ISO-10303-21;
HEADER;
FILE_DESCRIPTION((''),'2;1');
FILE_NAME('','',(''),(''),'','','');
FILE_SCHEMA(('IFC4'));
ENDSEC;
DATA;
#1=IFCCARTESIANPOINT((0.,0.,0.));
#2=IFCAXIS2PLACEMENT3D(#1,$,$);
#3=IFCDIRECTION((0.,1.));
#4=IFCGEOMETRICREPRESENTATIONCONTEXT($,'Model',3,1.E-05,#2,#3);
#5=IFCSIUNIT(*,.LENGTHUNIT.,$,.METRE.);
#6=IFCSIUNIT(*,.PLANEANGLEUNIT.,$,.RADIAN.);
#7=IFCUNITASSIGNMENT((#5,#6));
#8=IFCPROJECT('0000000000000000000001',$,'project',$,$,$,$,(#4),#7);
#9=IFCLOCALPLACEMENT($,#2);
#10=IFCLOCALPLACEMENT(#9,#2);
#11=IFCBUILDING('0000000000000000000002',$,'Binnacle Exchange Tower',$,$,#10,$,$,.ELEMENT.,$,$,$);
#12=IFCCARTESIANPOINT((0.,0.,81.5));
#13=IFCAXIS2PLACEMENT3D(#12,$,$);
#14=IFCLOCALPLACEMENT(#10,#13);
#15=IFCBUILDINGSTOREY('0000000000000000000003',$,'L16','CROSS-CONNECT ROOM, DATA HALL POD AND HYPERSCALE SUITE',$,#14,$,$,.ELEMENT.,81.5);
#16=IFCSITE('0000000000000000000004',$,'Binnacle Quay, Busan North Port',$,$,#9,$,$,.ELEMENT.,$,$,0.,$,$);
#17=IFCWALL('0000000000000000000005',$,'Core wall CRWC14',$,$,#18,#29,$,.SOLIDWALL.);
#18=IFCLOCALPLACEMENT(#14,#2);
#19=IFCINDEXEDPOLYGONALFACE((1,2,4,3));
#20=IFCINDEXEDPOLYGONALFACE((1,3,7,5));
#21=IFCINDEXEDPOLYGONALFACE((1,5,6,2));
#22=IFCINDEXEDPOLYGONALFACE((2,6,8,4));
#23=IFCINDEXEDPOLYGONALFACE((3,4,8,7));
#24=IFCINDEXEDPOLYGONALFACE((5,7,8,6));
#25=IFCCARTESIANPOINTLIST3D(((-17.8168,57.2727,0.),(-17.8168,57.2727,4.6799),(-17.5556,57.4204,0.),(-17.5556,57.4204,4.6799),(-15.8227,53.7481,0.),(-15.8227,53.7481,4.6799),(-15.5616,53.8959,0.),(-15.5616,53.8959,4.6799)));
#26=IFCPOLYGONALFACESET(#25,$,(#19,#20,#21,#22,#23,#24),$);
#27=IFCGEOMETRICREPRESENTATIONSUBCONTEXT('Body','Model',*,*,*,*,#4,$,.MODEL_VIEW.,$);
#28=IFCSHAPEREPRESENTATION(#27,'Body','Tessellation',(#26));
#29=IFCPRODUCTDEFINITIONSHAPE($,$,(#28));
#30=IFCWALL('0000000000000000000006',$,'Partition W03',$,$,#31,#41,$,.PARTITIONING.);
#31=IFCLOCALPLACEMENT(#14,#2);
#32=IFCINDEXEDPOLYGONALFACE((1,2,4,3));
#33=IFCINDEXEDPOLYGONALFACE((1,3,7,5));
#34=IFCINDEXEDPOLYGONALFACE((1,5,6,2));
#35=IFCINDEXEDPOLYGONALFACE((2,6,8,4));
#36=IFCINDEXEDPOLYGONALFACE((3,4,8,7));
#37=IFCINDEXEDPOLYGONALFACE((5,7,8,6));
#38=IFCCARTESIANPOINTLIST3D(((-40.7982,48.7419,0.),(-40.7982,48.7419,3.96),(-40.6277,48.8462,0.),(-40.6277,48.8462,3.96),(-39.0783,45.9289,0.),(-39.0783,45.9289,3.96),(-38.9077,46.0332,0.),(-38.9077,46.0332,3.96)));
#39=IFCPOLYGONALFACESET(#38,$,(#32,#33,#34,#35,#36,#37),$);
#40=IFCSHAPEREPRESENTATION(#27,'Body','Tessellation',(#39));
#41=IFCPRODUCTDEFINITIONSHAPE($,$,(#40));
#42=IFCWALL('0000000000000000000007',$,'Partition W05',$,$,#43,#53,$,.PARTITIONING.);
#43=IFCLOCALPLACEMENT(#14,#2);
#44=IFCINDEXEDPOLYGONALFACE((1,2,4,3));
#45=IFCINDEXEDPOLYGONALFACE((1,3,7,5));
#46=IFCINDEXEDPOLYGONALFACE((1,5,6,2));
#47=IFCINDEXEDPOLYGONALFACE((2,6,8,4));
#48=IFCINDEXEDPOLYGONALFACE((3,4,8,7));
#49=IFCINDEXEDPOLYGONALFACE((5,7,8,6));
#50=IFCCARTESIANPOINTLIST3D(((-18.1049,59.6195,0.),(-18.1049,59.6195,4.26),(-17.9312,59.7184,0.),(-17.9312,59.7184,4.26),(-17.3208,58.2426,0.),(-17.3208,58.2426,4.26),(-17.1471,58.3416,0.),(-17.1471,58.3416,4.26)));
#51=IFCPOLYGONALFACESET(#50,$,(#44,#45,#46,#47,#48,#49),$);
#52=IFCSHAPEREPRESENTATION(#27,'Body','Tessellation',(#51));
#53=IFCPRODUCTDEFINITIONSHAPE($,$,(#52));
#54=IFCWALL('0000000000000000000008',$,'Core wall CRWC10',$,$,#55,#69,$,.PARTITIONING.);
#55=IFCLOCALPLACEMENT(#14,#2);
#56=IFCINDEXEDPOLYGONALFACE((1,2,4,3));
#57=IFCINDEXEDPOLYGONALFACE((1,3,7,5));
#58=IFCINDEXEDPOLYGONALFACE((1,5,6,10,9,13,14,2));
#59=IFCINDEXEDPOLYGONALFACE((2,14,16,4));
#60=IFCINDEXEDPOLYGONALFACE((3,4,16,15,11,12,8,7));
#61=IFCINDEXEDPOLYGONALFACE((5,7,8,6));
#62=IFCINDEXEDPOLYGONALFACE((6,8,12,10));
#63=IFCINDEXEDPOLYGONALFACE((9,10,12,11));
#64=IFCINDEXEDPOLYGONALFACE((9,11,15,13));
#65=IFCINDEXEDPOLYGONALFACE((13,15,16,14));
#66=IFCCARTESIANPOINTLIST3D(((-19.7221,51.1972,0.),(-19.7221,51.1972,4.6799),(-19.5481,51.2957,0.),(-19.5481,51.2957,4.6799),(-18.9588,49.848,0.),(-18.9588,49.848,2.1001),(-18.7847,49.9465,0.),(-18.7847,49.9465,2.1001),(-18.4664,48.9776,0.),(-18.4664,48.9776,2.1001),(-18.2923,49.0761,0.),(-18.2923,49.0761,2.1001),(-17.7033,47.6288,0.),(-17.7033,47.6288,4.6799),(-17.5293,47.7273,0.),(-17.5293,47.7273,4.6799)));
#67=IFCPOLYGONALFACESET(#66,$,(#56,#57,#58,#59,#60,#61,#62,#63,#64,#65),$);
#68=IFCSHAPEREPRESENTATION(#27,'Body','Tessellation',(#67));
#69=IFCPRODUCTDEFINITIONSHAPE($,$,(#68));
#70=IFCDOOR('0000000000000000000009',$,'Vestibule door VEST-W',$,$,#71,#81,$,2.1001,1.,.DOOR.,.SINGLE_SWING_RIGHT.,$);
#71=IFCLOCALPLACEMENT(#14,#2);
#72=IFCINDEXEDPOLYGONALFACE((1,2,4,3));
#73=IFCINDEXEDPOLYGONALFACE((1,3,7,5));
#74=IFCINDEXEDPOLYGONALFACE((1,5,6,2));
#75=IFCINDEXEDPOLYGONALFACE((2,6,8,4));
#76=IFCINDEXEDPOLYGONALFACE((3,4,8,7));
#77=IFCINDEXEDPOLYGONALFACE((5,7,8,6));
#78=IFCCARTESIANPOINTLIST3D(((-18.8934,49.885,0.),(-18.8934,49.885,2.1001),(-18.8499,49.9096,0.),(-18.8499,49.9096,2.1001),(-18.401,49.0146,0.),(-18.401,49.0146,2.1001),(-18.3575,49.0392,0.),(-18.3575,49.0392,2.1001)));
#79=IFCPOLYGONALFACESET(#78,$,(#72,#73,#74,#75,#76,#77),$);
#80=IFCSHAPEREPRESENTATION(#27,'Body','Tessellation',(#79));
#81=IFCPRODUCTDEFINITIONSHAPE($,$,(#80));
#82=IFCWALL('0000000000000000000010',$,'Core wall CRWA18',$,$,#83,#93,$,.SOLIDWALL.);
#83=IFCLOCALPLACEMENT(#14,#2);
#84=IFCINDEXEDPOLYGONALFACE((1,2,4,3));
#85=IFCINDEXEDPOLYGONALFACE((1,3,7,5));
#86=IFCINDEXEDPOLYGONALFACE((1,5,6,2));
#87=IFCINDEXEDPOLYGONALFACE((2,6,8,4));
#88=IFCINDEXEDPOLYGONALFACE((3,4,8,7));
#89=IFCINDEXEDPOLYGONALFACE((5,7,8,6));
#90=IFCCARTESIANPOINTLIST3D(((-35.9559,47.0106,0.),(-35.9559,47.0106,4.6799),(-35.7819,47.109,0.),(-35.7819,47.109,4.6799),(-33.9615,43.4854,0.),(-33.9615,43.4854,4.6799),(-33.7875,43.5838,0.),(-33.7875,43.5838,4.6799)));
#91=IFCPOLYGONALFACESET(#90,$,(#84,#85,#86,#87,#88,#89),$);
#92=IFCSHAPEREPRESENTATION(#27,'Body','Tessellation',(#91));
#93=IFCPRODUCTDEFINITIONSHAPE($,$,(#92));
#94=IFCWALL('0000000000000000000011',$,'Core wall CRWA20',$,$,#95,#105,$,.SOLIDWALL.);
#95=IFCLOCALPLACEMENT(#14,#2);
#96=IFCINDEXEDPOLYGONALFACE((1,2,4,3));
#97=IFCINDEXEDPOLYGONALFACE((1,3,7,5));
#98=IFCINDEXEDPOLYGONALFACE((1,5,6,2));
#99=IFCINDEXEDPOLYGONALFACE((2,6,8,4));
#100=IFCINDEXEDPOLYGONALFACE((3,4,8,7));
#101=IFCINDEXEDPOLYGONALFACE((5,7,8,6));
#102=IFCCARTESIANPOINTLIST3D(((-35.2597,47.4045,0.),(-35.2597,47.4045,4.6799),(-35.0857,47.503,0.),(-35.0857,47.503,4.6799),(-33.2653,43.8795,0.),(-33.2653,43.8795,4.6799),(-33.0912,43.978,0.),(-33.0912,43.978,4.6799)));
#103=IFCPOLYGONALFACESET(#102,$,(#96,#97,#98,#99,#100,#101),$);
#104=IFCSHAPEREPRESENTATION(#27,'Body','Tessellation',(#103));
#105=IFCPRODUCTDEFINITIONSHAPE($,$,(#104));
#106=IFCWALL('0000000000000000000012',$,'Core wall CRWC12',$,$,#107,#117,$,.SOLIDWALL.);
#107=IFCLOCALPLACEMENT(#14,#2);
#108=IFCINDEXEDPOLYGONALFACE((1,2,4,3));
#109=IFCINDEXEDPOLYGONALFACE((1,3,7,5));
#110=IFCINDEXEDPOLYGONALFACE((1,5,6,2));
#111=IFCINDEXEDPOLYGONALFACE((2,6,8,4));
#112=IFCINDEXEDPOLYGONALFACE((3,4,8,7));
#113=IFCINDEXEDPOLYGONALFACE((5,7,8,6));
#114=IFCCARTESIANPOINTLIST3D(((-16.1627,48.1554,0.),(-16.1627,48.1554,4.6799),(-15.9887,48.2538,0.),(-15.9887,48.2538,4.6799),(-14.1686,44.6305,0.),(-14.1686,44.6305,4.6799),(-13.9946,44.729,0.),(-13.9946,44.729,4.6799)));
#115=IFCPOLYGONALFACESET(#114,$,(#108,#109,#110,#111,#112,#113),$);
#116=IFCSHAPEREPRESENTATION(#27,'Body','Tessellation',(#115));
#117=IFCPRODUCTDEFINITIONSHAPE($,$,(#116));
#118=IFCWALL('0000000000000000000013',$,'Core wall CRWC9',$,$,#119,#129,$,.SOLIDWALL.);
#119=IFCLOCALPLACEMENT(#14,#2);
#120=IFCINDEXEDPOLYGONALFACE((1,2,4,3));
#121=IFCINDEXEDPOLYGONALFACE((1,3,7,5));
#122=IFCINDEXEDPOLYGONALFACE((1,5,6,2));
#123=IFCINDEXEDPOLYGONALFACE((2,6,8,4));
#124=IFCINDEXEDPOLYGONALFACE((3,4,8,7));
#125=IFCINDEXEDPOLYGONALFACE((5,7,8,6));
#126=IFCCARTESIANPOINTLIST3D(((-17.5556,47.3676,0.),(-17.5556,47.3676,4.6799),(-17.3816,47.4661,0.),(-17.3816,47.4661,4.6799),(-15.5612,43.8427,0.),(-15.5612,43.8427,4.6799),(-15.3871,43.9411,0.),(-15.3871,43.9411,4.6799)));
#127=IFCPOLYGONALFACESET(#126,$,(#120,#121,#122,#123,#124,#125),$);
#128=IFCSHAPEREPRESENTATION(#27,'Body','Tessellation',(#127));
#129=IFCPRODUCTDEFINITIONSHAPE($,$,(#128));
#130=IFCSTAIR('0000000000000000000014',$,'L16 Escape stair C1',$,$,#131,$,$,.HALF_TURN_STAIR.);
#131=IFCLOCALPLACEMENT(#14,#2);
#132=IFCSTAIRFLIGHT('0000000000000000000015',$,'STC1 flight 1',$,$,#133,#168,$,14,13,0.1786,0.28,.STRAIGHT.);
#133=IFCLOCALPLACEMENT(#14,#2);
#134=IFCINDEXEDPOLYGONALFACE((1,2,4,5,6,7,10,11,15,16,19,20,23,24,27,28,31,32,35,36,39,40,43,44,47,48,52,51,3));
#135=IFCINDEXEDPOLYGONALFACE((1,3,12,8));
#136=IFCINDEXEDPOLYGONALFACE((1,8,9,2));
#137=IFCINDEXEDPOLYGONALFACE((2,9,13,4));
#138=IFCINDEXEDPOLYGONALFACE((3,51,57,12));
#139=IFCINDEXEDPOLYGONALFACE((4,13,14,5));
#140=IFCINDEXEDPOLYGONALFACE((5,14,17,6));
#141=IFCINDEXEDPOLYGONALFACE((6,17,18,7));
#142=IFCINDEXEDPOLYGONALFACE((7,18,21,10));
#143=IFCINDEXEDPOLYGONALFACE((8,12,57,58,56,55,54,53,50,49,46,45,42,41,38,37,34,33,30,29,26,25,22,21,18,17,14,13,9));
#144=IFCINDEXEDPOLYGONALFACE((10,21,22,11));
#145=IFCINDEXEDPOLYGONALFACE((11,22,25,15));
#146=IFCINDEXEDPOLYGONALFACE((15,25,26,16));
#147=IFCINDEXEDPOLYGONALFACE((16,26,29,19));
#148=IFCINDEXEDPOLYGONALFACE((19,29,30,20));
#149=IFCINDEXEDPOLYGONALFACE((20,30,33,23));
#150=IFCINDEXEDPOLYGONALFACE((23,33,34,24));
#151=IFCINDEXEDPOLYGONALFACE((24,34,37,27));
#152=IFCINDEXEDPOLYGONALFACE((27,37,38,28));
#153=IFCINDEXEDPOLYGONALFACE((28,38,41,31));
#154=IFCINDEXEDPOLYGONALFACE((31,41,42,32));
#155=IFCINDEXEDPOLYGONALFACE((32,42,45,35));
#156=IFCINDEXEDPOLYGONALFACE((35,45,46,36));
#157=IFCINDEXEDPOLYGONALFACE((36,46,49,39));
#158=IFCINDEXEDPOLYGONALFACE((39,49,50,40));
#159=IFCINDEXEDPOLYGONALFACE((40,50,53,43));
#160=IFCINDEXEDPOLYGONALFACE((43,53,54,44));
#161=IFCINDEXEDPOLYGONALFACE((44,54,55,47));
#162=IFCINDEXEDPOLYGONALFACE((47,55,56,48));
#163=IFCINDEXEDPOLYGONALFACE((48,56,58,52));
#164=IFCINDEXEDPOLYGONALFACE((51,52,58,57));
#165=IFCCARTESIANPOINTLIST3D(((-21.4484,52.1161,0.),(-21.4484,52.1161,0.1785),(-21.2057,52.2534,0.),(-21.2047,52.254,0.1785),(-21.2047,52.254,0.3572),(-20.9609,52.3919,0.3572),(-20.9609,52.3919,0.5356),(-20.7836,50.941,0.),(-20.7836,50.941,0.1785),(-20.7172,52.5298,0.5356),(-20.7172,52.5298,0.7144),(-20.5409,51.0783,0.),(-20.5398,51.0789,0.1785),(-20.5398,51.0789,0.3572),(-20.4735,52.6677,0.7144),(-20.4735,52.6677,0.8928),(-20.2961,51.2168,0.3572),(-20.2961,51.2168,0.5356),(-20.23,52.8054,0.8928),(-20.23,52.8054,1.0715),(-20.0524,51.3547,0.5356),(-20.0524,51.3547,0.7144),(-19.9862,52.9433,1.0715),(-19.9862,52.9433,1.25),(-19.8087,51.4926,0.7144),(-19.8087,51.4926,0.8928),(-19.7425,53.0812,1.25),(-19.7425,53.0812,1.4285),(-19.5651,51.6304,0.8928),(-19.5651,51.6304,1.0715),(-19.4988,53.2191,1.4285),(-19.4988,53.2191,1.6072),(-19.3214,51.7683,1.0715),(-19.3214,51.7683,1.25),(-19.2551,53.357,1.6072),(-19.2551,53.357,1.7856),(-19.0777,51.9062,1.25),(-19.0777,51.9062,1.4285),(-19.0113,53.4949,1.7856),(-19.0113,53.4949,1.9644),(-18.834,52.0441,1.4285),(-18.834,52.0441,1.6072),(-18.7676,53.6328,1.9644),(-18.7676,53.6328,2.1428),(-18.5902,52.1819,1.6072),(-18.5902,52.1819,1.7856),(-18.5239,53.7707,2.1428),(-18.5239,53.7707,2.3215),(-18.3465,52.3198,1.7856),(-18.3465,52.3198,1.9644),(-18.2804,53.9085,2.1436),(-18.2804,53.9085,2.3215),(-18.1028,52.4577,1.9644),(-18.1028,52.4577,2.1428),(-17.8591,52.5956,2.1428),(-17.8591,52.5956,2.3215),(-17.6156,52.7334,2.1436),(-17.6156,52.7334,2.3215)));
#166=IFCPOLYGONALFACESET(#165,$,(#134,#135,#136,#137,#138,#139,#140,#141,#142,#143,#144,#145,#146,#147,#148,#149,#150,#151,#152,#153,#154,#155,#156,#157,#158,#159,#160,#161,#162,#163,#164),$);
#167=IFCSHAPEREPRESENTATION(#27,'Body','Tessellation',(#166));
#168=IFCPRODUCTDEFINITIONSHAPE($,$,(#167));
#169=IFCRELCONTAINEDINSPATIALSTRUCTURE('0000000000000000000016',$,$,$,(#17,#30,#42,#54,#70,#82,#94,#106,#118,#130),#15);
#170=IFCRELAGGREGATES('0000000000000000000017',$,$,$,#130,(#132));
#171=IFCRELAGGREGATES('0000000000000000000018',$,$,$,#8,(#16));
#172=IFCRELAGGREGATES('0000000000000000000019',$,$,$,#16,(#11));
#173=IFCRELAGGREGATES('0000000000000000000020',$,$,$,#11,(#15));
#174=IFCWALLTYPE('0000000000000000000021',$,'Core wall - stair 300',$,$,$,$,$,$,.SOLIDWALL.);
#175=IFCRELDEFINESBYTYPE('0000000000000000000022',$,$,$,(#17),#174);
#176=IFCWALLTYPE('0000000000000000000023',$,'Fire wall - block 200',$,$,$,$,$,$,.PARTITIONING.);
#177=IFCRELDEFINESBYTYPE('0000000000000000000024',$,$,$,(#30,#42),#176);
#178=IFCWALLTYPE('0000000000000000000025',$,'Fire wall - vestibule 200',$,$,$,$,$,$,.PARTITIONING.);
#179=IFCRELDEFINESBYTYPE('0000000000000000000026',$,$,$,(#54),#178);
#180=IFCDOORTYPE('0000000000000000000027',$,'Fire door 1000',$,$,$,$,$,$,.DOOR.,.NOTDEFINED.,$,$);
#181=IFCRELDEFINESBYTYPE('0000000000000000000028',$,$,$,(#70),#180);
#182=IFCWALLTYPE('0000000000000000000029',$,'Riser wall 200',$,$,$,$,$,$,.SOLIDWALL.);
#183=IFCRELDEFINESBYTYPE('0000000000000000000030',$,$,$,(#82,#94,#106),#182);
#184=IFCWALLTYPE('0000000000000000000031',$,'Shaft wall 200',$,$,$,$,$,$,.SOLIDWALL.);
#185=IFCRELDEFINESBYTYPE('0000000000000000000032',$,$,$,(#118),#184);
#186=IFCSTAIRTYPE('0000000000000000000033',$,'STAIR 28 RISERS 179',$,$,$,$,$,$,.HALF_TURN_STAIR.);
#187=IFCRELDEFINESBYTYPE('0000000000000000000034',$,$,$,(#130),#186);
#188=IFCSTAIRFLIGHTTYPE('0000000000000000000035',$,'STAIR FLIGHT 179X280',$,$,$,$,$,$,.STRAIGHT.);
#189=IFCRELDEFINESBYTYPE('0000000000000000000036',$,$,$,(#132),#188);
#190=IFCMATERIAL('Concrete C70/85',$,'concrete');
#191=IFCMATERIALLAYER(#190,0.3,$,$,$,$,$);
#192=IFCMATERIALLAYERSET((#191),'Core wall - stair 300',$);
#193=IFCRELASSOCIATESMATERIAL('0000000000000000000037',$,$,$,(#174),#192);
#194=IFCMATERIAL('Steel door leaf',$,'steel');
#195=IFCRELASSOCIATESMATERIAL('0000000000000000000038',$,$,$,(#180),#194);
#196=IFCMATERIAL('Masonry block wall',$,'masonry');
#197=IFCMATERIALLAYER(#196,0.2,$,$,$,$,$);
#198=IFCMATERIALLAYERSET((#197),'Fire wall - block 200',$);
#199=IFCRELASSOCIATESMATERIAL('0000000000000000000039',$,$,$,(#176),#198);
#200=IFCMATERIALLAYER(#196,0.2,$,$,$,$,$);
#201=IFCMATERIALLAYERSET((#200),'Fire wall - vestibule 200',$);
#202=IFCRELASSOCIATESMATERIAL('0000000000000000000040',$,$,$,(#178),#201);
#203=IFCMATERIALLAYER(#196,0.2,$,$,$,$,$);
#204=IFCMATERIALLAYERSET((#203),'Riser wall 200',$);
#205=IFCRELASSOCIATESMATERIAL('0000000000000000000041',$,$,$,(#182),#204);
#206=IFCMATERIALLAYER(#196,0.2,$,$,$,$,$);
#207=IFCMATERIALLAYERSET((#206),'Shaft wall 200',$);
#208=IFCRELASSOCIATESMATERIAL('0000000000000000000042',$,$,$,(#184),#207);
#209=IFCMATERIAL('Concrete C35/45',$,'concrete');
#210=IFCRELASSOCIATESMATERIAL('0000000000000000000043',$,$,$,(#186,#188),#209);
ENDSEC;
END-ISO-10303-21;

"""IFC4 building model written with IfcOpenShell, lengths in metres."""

from ifc_helpers import new_model, si_unit, direction, frame, frame_2d, origin, place, context, subcontext, project, spatial, polyline, rectangle, outline, extrude, material, layer, layer_set, type_object, element, fill, aggregate, save


model = new_model("IFC4")

# Units and contexts
model_context = context("Model", 3, precision=1e-05, world=origin(), true_north=direction((0.0, 1.0)))
body_context = subcontext(model_context, "Body", "Model", "MODEL_VIEW")
ifc_project = project(units=[si_unit("LENGTHUNIT", "METRE"), si_unit("PLANEANGLEUNIT", "RADIAN")], contexts=[model_context])

# Site, building, storey
site_placement = place(None, origin())
site = spatial("IfcSite", under=ifc_project, at=site_placement, Name="Binnacle Quay, Busan North Port", CompositionType="ELEMENT", RefElevation=0.0)
building_placement = place(site_placement, origin())
building = spatial("IfcBuilding", under=site, at=building_placement, Name="Binnacle Exchange Tower", CompositionType="ELEMENT")
storey_placement = place(building_placement, frame((0.0, 0.0, 81.5)))
storey = spatial("IfcBuildingStorey", under=building, at=storey_placement, Name="L16", Description="CROSS-CONNECT ROOM, DATA HALL POD AND HYPERSCALE SUITE", CompositionType="ELEMENT", Elevation=81.5)

# Shared definitions
ifc_material_1 = material(Name="Concrete C70/85", Category="concrete")

# Shared definitions
ifc_material_2 = material(Name="Steel door leaf", Category="steel")

# Shared definitions
ifc_layer_1 = layer(ifc_material_1, 0.3)
ifc_layer_set_1 = layer_set([ifc_layer_1], Name="Core wall - stair 300")
wall_type_1 = type_object("IfcWallType", Name="Core wall - stair 300", PredefinedType="SOLIDWALL", material=ifc_layer_set_1)
door_type_1 = type_object("IfcDoorType", Name="Fire door 1000", OperationType="NOTDEFINED", PredefinedType="DOOR", material=ifc_material_2)

# Walls
wall_1_placement = place(storey_placement, frame((-17.6863, 57.3467, 0.0), z_axis=(0.0, 0.0, 1.0), x_axis=(0.492421, -0.870357, 0.0)))
element("IfcWall", 1, at=wall_1_placement, inside=storey, type_object=wall_type_1, Name="Core wall CRWC14", PredefinedType="SOLIDWALL", context=body_context, shape_type="SweptSolid", body=[
    extrude(rectangle(XDim=4.0496, YDim=0.3, at=frame_2d((2.0249, 0.0))), origin(), (0.0, 0.0, 1.0), 4.6799),
])
ifc_material_3 = material(Name="Masonry block wall", Category="masonry")
ifc_layer_2 = layer(ifc_material_3, 0.2)
ifc_layer_set_2 = layer_set([ifc_layer_2], Name="Fire wall - block 200")
wall_type_2 = type_object("IfcWallType", Name="Fire wall - block 200", PredefinedType="PARTITIONING", material=ifc_layer_set_2)
wall_2_placement = place(storey_placement, frame((-40.7129, 48.7939, 0.0), z_axis=(0.0, 0.0, 1.0), x_axis=(0.521654, -0.853157, 0.0)))
element("IfcWall", 2, at=wall_2_placement, inside=storey, type_object=wall_type_2, Name="Partition W03", PredefinedType="PARTITIONING", context=body_context, shape_type="SweptSolid", body=[
    extrude(rectangle(XDim=3.2971, YDim=0.2, at=frame_2d((1.6484, 0.0))), origin(), (0.0, 0.0, 1.0), 3.96),
])
wall_3_placement = place(storey_placement, frame((-18.0181, 59.6689, 0.0), z_axis=(0.0, 0.0, 1.0), x_axis=(0.494877, -0.868963, 0.0)))
element("IfcWall", 3, at=wall_3_placement, inside=storey, type_object=wall_type_2, Name="Partition W05", PredefinedType="PARTITIONING", context=body_context, shape_type="SweptSolid", body=[
    extrude(rectangle(XDim=1.5845, YDim=0.2, at=frame_2d((0.7922, 0.0))), origin(), (0.0, 0.0, 1.0), 4.26),
])

# Wall, opening, door
ifc_layer_3 = layer(ifc_material_3, 0.2)
ifc_layer_set_3 = layer_set([ifc_layer_3], Name="Fire wall - vestibule 200")
wall_type_3 = type_object("IfcWallType", Name="Fire wall - vestibule 200", PredefinedType="PARTITIONING", material=ifc_layer_set_3)
wall_4_placement = place(storey_placement, frame((-19.635, 51.2463, 0.0), z_axis=(0.0, 0.0, 1.0), x_axis=(0.492408, -0.870364, 0.0)))
wall_4 = element("IfcWall", 4, at=wall_4_placement, inside=storey, type_object=wall_type_3, Name="Core wall CRWC10", PredefinedType="PARTITIONING", context=body_context, shape_type="SweptSolid", body=[
    extrude(rectangle(XDim=4.0999, YDim=0.2, at=frame_2d((2.0498, 0.0))), origin(), (0.0, 0.0, 1.0), 4.6799),
])
opening_1_placement = place(wall_4_placement, frame((1.55, 0.0, 0.0)))
opening_1 = element("IfcOpeningElement", 5, at=opening_1_placement, cuts=wall_4, PredefinedType="OPENING", context=body_context, shape_type="SweptSolid", body=[
    extrude(rectangle(XDim=1.0, YDim=2.1001, at=frame_2d((0.5, 1.05))), frame((0.0, 0.1099, 0.0), z_axis=(0.0, -1.0, 0.0), x_axis=(1.0, 0.0, 0.0)), (0.0, 0.0, 1.0), 0.22),
])
door_1_placement = place(opening_1_placement, frame((1.0, 0.0, 0.0), z_axis=(0.0, 0.0, 1.0), x_axis=(-1.0, 0.0, 0.0)))
door_1 = element("IfcDoor", 6, at=door_1_placement, inside=storey, type_object=door_type_1, Name="Vestibule door VEST-W", OperationType="SINGLE_SWING_RIGHT", OverallHeight=2.1001, OverallWidth=1.0, PredefinedType="DOOR", context=body_context, shape_type="SweptSolid", body=[
    extrude(rectangle(XDim=1.0, YDim=2.1001, at=frame_2d((0.5, 1.05))), frame((0.0, 0.0249, 0.0), z_axis=(0.0, -1.0, 0.0), x_axis=(1.0, 0.0, 0.0)), (0.0, 0.0, 1.0), 0.05),
])
fill(opening_1, door_1)

# Walls
ifc_layer_4 = layer(ifc_material_3, 0.2)
ifc_layer_set_4 = layer_set([ifc_layer_4], Name="Riser wall 200")
wall_type_4 = type_object("IfcWallType", Name="Riser wall 200", PredefinedType="SOLIDWALL", material=ifc_layer_set_4)
wall_5_placement = place(storey_placement, frame((-35.8689, 47.0598, 0.0), z_axis=(0.0, 0.0, 1.0), x_axis=(0.492415, -0.870361, 0.0)))
element("IfcWall", 7, at=wall_5_placement, inside=storey, type_object=wall_type_4, Name="Core wall CRWA18", PredefinedType="SOLIDWALL", context=body_context, shape_type="SweptSolid", body=[
    extrude(rectangle(XDim=4.0503, YDim=0.2, at=frame_2d((2.0251, 0.0))), origin(), (0.0, 0.0, 1.0), 4.6799),
])
wall_6_placement = place(storey_placement, frame((-35.1726, 47.4536, 0.0), z_axis=(0.0, 0.0, 1.0), x_axis=(0.492441, -0.870346, 0.0)))
element("IfcWall", 8, at=wall_6_placement, inside=storey, type_object=wall_type_4, Name="Core wall CRWA20", PredefinedType="SOLIDWALL", context=body_context, shape_type="SweptSolid", body=[
    extrude(rectangle(XDim=4.05, YDim=0.2, at=frame_2d((2.0249, 0.0))), origin(), (0.0, 0.0, 1.0), 4.6799),
])
wall_7_placement = place(storey_placement, frame((-16.0757, 48.2046, 0.0), z_axis=(0.0, 0.0, 1.0), x_axis=(0.492395, -0.870372, 0.0)))
element("IfcWall", 9, at=wall_7_placement, inside=storey, type_object=wall_type_4, Name="Core wall CRWC12", PredefinedType="SOLIDWALL", context=body_context, shape_type="SweptSolid", body=[
    extrude(rectangle(XDim=4.0498, YDim=0.2, at=frame_2d((2.0249, 0.0))), origin(), (0.0, 0.0, 1.0), 4.6799),
])
ifc_layer_5 = layer(ifc_material_3, 0.2)
ifc_layer_set_5 = layer_set([ifc_layer_5], Name="Shaft wall 200")
wall_type_5 = type_object("IfcWallType", Name="Shaft wall 200", PredefinedType="SOLIDWALL", material=ifc_layer_set_5)
wall_8_placement = place(storey_placement, frame((-17.4685, 47.4167, 0.0), z_axis=(0.0, 0.0, 1.0), x_axis=(0.492441, -0.870346, 0.0)))
element("IfcWall", 10, at=wall_8_placement, inside=storey, type_object=wall_type_5, Name="Core wall CRWC9", PredefinedType="SOLIDWALL", context=body_context, shape_type="SweptSolid", body=[
    extrude(rectangle(XDim=4.05, YDim=0.2, at=frame_2d((2.0249, 0.0))), origin(), (0.0, 0.0, 1.0), 4.6799),
])

# Stair, stair flight
ifc_material_4 = material(Name="Concrete C35/45", Category="concrete")
stair_type = type_object("IfcStairType", Name="STAIR 28 RISERS 179", PredefinedType="HALF_TURN_STAIR", material=ifc_material_4)
stair_placement = place(storey_placement, origin())
stair = element("IfcStair", 11, at=stair_placement, inside=storey, type_object=stair_type, Name="L16 Escape stair C1", PredefinedType="HALF_TURN_STAIR")
stair_flight_type = type_object("IfcStairFlightType", Name="STAIR FLIGHT 179X280", PredefinedType="STRAIGHT", material=ifc_material_4)
stair_flight_1_placement = place(storey_placement, frame((-21.116, 51.5286, 0.0), z_axis=(0.0, 0.0, 1.0), x_axis=(0.870356, 0.492424, 0.0)))
stair_flight_1 = element("IfcStairFlight", 12, at=stair_flight_1_placement, type_object=stair_flight_type, Name="STC1 flight 1", NumberOfRisers=14, NumberOfTreads=13, PredefinedType="STRAIGHT", RiserHeight=0.1786, TreadLength=0.28, context=body_context, shape_type="SweptSolid", body=[
    extrude(outline(polyline([(0.0, 0.0), (0.0, 0.1785), (0.28, 0.1785), (0.28, 0.3572), (0.5601, 0.3572), (0.5601, 0.5356), (0.8401, 0.5356), (0.8401, 0.7144), (1.1201, 0.7144), (1.1201, 0.8928), (1.3999, 0.8928), (1.3999, 1.0715), (1.6799, 1.0715), (1.6799, 1.25), (1.96, 1.25), (1.96, 1.4285), (2.24, 1.4285), (2.24, 1.6072), (2.52, 1.6072), (2.52, 1.7856), (2.8, 1.7856), (2.8, 1.9644), (3.0801, 1.9644), (3.0801, 2.1428), (3.3601, 2.1428), (3.3601, 2.3215), (3.6399, 2.3215), (3.6399, 2.5), (3.6399, 2.1436), (0.2788, 0.0), (0.0, 0.0)])), frame((0.0, 0.675, 0.0), z_axis=(0.0, -1.0, 0.0), x_axis=(1.0, 0.0, 0.0)), (0.0, 0.0, 1.0), 1.3501),
])
aggregate(stair, [stair_flight_1])

save(model, "model.ifc")
